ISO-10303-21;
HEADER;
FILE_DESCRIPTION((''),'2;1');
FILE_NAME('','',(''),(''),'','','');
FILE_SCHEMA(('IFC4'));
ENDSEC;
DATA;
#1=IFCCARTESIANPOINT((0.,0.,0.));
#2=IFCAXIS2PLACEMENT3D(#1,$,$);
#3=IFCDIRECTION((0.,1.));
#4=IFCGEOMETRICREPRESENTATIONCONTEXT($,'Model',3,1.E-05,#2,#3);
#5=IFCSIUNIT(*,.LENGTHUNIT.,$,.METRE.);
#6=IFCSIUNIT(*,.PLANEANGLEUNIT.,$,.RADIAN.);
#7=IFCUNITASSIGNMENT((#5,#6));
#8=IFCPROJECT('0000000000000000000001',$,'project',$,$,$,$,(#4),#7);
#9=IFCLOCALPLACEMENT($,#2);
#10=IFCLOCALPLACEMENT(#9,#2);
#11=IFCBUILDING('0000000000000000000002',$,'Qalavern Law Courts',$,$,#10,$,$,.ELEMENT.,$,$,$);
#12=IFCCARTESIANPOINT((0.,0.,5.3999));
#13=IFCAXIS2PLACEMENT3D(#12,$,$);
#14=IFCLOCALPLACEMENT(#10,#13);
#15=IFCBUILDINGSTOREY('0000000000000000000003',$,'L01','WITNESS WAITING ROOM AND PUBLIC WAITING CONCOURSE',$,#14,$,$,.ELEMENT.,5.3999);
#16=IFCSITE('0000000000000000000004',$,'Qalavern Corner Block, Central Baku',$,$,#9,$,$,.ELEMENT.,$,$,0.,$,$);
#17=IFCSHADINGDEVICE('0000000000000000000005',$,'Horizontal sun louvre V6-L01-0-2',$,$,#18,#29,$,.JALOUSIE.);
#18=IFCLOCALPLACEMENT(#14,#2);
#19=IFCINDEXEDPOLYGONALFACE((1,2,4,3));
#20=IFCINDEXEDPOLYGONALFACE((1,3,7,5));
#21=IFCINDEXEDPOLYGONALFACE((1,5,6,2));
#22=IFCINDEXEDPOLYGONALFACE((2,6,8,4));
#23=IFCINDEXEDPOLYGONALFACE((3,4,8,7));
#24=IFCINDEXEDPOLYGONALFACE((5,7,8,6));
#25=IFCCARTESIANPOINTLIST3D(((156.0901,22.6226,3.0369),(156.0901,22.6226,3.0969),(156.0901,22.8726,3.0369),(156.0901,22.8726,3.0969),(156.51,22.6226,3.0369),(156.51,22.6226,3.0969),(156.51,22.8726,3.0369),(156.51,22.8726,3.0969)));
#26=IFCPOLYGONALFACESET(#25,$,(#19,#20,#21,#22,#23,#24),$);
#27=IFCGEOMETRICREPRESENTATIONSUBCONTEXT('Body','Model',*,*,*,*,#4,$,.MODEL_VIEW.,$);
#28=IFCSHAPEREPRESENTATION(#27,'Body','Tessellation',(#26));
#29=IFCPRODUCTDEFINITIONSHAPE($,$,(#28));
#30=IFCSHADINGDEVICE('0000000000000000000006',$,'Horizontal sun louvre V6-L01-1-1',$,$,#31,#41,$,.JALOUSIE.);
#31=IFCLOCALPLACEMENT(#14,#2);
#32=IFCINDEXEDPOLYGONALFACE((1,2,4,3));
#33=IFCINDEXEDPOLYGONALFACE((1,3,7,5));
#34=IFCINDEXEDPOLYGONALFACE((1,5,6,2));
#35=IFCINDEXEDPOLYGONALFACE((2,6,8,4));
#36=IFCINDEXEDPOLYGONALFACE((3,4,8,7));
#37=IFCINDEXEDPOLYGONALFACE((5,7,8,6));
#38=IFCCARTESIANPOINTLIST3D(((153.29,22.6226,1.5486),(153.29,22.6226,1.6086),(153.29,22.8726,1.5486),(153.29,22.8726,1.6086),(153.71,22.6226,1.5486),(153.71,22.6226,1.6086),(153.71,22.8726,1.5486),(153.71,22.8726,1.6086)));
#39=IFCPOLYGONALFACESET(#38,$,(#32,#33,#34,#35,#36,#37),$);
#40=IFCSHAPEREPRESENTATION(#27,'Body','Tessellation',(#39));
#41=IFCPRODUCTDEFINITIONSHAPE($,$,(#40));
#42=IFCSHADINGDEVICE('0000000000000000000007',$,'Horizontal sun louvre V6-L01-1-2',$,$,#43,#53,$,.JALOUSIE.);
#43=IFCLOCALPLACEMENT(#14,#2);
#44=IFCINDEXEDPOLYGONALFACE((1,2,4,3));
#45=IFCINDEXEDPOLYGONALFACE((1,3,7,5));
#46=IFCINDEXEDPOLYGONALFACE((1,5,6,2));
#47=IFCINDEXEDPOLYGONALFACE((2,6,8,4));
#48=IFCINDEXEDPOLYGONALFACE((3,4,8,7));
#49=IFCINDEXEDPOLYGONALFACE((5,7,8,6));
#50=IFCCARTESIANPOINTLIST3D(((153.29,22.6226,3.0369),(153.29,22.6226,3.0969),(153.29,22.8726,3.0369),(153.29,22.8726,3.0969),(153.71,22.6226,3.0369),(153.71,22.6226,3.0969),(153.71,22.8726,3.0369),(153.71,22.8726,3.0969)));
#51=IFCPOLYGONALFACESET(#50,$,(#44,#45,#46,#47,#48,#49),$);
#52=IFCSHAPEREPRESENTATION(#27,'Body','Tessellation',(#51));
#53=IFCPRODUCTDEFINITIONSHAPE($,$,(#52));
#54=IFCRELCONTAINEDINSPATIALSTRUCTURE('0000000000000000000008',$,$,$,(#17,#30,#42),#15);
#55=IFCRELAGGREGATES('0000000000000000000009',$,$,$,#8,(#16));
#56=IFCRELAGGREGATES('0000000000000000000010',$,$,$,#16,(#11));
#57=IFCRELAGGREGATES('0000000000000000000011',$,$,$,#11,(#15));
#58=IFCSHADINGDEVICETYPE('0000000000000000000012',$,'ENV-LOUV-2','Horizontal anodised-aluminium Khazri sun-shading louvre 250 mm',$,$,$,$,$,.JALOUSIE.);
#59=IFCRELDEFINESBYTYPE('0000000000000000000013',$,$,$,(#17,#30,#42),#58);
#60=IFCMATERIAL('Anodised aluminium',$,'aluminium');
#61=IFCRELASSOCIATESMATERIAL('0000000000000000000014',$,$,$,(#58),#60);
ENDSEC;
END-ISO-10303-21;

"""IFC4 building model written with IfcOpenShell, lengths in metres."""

from ifc_helpers import new_model, si_unit, direction, frame, origin, origin_2d, place, context, subcontext, project, spatial, rectangle, extrude, material, type_object, element, save


model = new_model("IFC4")

# Units and contexts
model_context = context("Model", 3, precision=1e-05, world=origin(), true_north=direction((0.0, 1.0)))
body_context = subcontext(model_context, "Body", "Model", "MODEL_VIEW")
ifc_project = project(units=[si_unit("LENGTHUNIT", "METRE"), si_unit("PLANEANGLEUNIT", "RADIAN")], contexts=[model_context])

# Site, building, storey
site_placement = place(None, origin())
site = spatial("IfcSite", under=ifc_project, at=site_placement, Name="Qalavern Corner Block, Central Baku", CompositionType="ELEMENT", RefElevation=0.0)
building_placement = place(site_placement, origin())
building = spatial("IfcBuilding", under=site, at=building_placement, Name="Qalavern Law Courts", CompositionType="ELEMENT")
storey_placement = place(building_placement, frame((0.0, 0.0, 5.3999)))
storey = spatial("IfcBuildingStorey", under=building, at=storey_placement, Name="L01", Description="WITNESS WAITING ROOM AND PUBLIC WAITING CONCOURSE", CompositionType="ELEMENT", Elevation=5.3999)

# Shading devices
ifc_material_1 = material(Name="Anodised aluminium", Category="aluminium")
shading_device_type_1 = type_object("IfcShadingDeviceType", Name="ENV-LOUV-2", Description="Horizontal anodised-aluminium Khazri sun-shading louvre 250 mm", PredefinedType="JALOUSIE", material=ifc_material_1)
for number, where, z_axis, x_axis, name in (
    (1, (156.3, 22.7476, 3.0369), (0.0, 0.0, 1.0), (-1.0, 0.0, 0.0), "Horizontal sun louvre V6-L01-0-2"),
    (2, (153.5, 22.7476, 1.5486), (0.0, 0.0, 1.0), (-1.0, 0.0, 0.0), "Horizontal sun louvre V6-L01-1-1"),
    (3, (153.5, 22.7476, 3.0369), (0.0, 0.0, 1.0), (-1.0, 0.0, 0.0), "Horizontal sun louvre V6-L01-1-2"),
):
    element("IfcShadingDevice", number, at=place(storey_placement, frame(where, z_axis=z_axis, x_axis=x_axis)), inside=storey, type_object=shading_device_type_1, Name=name, PredefinedType="JALOUSIE", context=body_context, shape_type="SweptSolid", body=[
        extrude(rectangle(XDim=0.4199, YDim=0.25, at=origin_2d()), origin(), (0.0, 0.0, 1.0), 0.0601),
    ])

save(model, "model.ifc")
